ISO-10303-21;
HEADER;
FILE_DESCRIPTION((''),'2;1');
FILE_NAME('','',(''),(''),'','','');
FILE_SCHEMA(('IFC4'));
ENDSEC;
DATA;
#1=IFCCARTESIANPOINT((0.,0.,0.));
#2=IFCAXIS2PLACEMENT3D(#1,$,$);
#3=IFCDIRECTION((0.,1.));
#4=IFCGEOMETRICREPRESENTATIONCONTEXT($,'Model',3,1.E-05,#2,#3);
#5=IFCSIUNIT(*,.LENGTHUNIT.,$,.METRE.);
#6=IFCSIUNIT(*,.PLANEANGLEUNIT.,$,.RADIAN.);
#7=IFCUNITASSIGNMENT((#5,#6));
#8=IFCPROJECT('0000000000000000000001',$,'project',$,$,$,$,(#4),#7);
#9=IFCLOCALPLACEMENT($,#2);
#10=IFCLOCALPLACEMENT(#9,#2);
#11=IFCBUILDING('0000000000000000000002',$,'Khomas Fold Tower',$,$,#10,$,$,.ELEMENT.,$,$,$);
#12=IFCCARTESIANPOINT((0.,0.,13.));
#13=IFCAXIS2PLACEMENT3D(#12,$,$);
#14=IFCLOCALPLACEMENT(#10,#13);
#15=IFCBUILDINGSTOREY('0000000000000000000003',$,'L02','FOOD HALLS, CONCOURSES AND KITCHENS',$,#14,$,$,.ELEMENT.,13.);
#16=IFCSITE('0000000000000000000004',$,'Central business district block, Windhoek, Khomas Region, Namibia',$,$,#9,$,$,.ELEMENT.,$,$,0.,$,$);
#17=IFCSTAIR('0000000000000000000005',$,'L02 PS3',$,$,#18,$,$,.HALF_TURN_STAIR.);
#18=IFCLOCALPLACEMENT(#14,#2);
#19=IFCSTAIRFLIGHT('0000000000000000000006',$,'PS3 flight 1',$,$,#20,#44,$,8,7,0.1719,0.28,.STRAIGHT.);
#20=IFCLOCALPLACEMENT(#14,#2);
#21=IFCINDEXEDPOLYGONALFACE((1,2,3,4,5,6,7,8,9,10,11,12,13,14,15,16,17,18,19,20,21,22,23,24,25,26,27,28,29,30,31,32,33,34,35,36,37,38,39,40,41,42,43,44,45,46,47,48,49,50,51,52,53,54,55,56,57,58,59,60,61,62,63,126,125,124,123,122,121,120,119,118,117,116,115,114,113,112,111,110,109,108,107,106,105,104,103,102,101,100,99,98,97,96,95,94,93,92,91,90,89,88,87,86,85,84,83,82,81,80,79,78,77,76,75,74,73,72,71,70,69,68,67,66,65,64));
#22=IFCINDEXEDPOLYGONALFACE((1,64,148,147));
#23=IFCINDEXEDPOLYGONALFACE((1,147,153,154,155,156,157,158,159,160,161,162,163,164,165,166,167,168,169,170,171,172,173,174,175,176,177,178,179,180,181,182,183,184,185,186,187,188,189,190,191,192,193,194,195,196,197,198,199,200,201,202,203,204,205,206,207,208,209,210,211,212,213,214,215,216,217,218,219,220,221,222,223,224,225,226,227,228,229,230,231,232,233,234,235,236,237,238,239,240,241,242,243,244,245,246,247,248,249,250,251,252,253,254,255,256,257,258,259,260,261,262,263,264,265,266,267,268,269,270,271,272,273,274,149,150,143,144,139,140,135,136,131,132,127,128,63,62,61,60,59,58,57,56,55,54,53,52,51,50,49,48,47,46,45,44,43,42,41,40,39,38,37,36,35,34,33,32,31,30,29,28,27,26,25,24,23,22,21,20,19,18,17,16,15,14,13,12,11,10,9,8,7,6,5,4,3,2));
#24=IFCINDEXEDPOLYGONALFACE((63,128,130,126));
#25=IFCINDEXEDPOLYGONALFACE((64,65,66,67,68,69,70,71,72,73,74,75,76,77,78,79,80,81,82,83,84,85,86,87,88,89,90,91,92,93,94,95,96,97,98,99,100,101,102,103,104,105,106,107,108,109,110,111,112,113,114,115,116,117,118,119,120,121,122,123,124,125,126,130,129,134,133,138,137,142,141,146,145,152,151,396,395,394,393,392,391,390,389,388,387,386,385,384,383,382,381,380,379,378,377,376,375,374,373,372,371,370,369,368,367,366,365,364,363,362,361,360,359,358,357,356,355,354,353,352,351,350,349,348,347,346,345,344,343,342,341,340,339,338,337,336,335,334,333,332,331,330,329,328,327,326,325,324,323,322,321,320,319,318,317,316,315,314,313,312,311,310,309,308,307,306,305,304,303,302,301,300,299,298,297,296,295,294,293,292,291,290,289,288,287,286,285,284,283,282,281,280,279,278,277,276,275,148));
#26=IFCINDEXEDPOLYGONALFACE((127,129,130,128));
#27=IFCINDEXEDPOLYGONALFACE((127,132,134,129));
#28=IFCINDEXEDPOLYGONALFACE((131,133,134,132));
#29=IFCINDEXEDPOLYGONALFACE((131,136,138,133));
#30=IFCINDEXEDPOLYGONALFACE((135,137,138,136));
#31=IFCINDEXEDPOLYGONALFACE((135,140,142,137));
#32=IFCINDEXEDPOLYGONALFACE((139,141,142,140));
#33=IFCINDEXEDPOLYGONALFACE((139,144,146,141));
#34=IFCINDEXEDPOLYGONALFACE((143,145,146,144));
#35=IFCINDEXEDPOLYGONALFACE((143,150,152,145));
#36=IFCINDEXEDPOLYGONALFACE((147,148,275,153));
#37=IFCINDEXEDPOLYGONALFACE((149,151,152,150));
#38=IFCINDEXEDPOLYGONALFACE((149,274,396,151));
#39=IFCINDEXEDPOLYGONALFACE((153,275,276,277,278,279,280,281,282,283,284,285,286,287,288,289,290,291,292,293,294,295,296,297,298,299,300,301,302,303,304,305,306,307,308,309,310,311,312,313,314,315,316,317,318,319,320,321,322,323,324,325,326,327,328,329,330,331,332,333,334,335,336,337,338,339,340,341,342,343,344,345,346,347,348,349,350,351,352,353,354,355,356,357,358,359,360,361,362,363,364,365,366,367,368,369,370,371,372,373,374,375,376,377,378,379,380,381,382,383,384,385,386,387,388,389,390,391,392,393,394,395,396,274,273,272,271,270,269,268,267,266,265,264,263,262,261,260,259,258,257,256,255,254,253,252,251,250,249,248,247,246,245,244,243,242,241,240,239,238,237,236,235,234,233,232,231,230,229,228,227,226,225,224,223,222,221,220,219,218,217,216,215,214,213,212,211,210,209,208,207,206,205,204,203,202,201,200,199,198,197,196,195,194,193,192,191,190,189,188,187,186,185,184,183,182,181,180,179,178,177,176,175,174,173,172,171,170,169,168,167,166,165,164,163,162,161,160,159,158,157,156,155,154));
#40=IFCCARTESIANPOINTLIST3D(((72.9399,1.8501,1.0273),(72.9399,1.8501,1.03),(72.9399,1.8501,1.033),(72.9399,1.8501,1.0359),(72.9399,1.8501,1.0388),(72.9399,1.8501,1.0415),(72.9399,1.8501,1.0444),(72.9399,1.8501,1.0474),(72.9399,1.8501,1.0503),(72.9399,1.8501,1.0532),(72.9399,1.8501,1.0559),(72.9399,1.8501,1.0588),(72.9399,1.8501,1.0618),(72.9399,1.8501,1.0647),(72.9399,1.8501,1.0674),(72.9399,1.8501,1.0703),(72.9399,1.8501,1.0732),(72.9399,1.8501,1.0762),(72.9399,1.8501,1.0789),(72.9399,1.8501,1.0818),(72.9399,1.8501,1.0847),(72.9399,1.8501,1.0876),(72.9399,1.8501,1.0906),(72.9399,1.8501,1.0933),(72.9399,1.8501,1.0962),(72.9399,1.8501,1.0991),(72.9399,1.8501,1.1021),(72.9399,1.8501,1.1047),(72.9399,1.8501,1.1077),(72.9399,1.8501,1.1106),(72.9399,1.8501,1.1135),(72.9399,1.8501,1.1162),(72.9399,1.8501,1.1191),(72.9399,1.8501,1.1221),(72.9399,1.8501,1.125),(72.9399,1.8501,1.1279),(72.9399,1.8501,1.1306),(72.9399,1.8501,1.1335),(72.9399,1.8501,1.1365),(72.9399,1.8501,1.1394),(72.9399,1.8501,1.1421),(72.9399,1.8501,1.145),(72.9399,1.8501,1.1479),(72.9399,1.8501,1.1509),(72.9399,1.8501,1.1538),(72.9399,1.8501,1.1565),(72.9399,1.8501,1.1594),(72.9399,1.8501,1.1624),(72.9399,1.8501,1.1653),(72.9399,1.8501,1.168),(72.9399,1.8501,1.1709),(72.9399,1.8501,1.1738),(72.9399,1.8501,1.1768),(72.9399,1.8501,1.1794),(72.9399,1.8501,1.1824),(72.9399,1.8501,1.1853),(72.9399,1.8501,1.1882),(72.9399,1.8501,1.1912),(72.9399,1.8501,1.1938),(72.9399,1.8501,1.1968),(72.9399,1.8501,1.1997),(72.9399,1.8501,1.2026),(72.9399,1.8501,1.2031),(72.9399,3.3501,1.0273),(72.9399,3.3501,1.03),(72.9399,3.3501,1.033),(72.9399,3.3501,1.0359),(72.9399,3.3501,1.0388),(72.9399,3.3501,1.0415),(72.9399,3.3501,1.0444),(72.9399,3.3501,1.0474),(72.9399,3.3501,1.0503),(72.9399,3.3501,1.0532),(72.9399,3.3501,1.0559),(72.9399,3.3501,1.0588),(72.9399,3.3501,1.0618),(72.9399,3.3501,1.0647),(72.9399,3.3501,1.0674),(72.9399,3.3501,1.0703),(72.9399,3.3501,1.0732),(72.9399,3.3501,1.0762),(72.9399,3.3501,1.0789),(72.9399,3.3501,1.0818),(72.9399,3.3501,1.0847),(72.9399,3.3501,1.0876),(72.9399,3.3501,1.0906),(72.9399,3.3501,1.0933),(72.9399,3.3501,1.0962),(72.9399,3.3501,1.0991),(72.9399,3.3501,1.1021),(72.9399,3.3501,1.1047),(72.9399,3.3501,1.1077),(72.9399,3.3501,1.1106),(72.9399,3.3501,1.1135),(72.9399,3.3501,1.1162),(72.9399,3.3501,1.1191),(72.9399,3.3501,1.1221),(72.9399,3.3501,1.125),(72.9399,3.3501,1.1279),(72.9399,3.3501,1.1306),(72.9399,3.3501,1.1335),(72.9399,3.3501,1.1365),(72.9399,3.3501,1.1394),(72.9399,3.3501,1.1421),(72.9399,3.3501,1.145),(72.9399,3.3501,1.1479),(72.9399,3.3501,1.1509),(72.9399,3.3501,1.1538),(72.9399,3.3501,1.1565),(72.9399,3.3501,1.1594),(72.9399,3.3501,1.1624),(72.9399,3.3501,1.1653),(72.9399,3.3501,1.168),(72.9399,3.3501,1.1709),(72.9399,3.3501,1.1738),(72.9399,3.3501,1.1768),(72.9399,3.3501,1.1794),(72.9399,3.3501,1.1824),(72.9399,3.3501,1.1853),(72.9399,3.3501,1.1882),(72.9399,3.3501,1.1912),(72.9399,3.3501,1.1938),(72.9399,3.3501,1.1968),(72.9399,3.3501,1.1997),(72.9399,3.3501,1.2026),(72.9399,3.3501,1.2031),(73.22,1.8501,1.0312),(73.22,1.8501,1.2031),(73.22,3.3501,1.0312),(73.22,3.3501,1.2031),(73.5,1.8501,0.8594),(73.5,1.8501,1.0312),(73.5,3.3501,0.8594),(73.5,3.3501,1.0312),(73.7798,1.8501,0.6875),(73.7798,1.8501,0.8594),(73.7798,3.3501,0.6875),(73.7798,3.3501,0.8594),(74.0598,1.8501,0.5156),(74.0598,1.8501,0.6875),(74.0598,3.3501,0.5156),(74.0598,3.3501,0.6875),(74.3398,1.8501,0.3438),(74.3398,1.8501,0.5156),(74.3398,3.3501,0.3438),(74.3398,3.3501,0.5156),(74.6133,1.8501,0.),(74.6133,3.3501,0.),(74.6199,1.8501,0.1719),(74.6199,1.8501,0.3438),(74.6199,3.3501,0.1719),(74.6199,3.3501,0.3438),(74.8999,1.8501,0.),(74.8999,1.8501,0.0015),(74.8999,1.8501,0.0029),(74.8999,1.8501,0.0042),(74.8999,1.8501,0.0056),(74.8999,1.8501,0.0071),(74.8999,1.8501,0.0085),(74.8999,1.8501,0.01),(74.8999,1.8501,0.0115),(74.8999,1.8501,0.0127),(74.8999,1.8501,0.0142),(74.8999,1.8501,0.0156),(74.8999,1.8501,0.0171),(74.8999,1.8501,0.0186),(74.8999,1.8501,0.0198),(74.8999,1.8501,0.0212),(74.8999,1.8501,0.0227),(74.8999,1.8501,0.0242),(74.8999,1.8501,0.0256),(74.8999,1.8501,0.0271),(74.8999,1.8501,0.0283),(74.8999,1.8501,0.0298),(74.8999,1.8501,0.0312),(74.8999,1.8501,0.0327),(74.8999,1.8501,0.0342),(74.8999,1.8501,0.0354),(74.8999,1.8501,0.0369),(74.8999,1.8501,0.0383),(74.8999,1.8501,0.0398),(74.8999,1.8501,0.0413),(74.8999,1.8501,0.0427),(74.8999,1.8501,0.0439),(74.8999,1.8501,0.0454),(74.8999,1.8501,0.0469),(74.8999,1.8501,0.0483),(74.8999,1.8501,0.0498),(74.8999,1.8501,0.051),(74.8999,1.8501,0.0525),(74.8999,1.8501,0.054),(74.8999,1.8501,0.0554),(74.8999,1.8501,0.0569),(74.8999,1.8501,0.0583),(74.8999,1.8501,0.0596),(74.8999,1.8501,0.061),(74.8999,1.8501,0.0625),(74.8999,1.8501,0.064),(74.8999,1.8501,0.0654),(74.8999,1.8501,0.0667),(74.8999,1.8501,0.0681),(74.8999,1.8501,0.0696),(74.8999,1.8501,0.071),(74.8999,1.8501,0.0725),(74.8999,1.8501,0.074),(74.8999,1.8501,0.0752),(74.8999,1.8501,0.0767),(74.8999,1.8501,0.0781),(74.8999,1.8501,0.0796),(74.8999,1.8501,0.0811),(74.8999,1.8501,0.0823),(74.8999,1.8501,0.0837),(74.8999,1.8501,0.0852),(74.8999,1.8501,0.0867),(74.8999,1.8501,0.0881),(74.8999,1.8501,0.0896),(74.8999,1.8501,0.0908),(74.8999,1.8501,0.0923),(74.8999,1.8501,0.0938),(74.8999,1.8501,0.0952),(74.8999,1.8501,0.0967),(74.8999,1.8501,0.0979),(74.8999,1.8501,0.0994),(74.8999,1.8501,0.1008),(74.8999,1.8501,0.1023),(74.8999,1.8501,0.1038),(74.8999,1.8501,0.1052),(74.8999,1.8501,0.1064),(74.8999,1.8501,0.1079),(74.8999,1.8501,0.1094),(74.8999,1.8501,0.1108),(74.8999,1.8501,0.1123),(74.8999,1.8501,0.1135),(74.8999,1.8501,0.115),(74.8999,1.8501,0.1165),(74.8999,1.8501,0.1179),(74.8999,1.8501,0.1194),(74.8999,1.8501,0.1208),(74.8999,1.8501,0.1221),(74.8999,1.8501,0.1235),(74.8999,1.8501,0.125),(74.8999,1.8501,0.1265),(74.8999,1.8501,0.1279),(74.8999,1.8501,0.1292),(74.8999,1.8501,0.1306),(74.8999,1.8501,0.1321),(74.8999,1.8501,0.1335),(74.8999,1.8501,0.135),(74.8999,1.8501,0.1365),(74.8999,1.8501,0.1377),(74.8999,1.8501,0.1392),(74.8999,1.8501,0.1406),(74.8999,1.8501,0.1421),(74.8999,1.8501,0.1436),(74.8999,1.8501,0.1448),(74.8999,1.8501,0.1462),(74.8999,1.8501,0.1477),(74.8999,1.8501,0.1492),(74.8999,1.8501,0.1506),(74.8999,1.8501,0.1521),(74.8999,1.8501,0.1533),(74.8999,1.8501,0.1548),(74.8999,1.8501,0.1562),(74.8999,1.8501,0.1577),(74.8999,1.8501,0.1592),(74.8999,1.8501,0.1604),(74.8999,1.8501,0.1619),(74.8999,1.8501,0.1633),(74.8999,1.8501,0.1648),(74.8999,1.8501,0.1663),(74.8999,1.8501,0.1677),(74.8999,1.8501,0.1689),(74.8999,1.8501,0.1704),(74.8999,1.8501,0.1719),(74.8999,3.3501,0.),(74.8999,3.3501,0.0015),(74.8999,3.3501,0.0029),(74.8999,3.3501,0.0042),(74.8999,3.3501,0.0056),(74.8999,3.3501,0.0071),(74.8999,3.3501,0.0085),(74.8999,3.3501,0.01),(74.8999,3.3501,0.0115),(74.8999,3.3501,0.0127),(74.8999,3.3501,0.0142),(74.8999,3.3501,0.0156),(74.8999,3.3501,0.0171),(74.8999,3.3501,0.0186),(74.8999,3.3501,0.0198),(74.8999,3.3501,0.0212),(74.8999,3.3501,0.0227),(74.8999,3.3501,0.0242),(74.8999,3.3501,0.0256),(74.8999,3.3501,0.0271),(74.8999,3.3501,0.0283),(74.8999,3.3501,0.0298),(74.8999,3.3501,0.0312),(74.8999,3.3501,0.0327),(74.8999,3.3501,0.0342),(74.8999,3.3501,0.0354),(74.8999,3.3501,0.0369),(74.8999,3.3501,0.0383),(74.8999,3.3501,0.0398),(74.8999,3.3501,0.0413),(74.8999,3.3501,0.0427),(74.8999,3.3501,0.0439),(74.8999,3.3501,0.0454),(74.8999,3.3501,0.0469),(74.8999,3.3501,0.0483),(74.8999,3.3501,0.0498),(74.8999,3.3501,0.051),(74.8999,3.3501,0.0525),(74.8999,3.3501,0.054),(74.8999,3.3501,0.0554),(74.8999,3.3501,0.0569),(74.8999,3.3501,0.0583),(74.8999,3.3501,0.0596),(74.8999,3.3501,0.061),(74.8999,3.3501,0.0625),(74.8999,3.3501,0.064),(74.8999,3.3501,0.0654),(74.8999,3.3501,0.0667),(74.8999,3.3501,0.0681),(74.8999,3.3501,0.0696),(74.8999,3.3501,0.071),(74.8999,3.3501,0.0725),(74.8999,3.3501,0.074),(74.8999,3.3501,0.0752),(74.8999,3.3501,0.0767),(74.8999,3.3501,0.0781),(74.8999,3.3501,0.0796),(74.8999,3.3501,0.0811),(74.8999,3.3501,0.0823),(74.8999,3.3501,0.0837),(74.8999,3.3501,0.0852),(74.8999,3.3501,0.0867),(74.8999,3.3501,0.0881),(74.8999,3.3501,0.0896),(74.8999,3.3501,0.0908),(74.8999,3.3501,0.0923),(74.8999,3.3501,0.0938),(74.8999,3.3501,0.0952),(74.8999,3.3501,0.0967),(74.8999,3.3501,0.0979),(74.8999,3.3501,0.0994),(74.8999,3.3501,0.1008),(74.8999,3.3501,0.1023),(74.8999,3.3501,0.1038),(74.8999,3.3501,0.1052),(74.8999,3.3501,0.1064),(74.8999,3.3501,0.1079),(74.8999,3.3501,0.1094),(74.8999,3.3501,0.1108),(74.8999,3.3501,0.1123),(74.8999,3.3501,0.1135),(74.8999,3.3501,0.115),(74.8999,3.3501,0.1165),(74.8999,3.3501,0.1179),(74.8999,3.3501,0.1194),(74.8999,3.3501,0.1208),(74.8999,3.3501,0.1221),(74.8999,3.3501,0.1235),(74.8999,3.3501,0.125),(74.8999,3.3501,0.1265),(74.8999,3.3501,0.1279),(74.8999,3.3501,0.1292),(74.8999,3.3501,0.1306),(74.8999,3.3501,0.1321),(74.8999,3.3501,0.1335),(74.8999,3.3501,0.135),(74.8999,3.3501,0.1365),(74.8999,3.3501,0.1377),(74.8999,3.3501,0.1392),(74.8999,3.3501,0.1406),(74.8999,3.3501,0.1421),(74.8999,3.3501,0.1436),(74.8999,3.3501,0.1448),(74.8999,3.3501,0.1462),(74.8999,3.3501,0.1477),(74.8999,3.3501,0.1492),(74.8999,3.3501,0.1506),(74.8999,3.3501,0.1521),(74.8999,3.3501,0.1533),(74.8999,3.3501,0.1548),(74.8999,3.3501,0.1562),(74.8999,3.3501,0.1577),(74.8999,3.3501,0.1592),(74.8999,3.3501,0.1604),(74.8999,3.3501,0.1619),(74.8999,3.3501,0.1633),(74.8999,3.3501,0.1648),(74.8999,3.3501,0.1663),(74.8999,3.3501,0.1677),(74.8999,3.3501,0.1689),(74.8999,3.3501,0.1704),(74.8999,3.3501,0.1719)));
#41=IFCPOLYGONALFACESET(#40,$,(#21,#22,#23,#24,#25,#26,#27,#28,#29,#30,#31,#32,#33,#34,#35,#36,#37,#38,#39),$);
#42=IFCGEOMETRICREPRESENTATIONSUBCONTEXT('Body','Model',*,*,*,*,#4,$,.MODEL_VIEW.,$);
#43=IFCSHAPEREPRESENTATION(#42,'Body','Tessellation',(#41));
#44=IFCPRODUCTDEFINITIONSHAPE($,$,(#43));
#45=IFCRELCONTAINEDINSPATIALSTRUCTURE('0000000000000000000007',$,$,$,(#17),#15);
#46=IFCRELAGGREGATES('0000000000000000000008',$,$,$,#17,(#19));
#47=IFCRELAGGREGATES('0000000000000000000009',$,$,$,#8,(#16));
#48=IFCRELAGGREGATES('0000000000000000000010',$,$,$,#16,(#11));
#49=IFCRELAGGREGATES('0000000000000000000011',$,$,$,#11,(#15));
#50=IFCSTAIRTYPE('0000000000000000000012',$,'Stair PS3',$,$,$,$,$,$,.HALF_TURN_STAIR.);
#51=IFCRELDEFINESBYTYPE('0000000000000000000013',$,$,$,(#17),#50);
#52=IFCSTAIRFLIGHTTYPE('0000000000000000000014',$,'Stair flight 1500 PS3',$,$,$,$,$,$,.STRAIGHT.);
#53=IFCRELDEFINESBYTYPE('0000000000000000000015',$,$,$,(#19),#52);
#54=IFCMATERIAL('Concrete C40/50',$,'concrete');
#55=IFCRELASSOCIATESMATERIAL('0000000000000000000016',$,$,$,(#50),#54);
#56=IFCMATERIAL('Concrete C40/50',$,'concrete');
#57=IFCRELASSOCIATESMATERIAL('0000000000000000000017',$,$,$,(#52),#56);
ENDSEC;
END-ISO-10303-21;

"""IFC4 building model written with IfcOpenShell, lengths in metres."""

from ifc_helpers import new_model, si_unit, direction, frame, origin, place, context, subcontext, project, spatial, polyline, outline, extrude, source, transform, mapped, material, type_object, element, aggregate, save


model = new_model("IFC4")

# Units and contexts
model_context = context("Model", 3, precision=1e-05, world=origin(), true_north=direction((0.0, 1.0)))
body_context = subcontext(model_context, "Body", "Model", "MODEL_VIEW")
ifc_project = project(units=[si_unit("LENGTHUNIT", "METRE"), si_unit("PLANEANGLEUNIT", "RADIAN")], contexts=[model_context])

# Site, building, storey
site_placement = place(None, origin())
site = spatial("IfcSite", under=ifc_project, at=site_placement, Name="Central business district block, Windhoek, Khomas Region, Namibia", CompositionType="ELEMENT", RefElevation=0.0)
building_placement = place(site_placement, origin())
building = spatial("IfcBuilding", under=site, at=building_placement, Name="Khomas Fold Tower", CompositionType="ELEMENT")
storey_placement = place(building_placement, frame((0.0, 0.0, 13.0)))
storey = spatial("IfcBuildingStorey", under=building, at=storey_placement, Name="L02", Description="FOOD HALLS, CONCOURSES AND KITCHENS", CompositionType="ELEMENT", Elevation=13.0)

# Stair, stair flight
ifc_material_1 = material(Name="Concrete C40/50", Category="concrete")
stair_type_1 = type_object("IfcStairType", Name="Stair PS3", PredefinedType="HALF_TURN_STAIR", material=ifc_material_1)
stair_1_placement = place(storey_placement, origin())
stair_1 = element("IfcStair", 1, at=stair_1_placement, inside=storey, type_object=stair_type_1, Name="L02 PS3", PredefinedType="HALF_TURN_STAIR")
ifc_material_2 = material(Name="Concrete C40/50", Category="concrete")
stair_flight_type_1 = type_object("IfcStairFlightType", Name="Stair flight 1500 PS3", PredefinedType="STRAIGHT", material=ifc_material_2)
shared_shape_1 = source(origin(), body_context, "Body", "SweptSolid", [
    extrude(outline(polyline([(0.0, 0.0), (0.0, 0.0015), (0.0, 0.0029), (0.0, 0.0042), (0.0, 0.0056), (0.0, 0.0071), (0.0, 0.0085), (0.0, 0.01), (0.0, 0.0115), (0.0, 0.0127), (0.0, 0.0142), (0.0, 0.0156), (0.0, 0.0171), (0.0, 0.0186), (0.0, 0.0198), (0.0, 0.0212), (0.0, 0.0227), (0.0, 0.0242), (0.0, 0.0256), (0.0, 0.0271), (0.0, 0.0283), (0.0, 0.0298), (0.0, 0.0312), (0.0, 0.0327), (0.0, 0.0342), (0.0, 0.0354), (0.0, 0.0369), (0.0, 0.0383), (0.0, 0.0398), (0.0, 0.0413), (0.0, 0.0427), (0.0, 0.0439), (0.0, 0.0454), (0.0, 0.0469), (0.0, 0.0483), (0.0, 0.0498), (0.0, 0.051), (0.0, 0.0525), (0.0, 0.054), (0.0, 0.0554), (0.0, 0.0569), (0.0, 0.0583), (0.0, 0.0596), (0.0, 0.061), (0.0, 0.0625), (0.0, 0.064), (0.0, 0.0654), (0.0, 0.0667), (0.0, 0.0681), (0.0, 0.0696), (0.0, 0.071), (0.0, 0.0725), (0.0, 0.074), (0.0, 0.0752), (0.0, 0.0767), (0.0, 0.0781), (0.0, 0.0796), (0.0, 0.0811), (0.0, 0.0823), (0.0, 0.0837), (0.0, 0.0852), (0.0, 0.0867), (0.0, 0.0881), (0.0, 0.0896), (0.0, 0.0908), (0.0, 0.0923), (0.0, 0.0938), (0.0, 0.0952), (0.0, 0.0967), (0.0, 0.0979), (0.0, 0.0994), (0.0, 0.1008), (0.0, 0.1023), (0.0, 0.1038), (0.0, 0.1052), (0.0, 0.1064), (0.0, 0.1079), (0.0, 0.1094), (0.0, 0.1108), (0.0, 0.1123), (0.0, 0.1135), (0.0, 0.115), (0.0, 0.1165), (0.0, 0.1179), (0.0, 0.1194), (0.0, 0.1208), (0.0, 0.1221), (0.0, 0.1235), (0.0, 0.125), (0.0, 0.1265), (0.0, 0.1279), (0.0, 0.1292), (0.0, 0.1306), (0.0, 0.1321), (0.0, 0.1335), (0.0, 0.135), (0.0, 0.1365), (0.0, 0.1377), (0.0, 0.1392), (0.0, 0.1406), (0.0, 0.1421), (0.0, 0.1436), (0.0, 0.1448), (0.0, 0.1462), (0.0, 0.1477), (0.0, 0.1492), (0.0, 0.1506), (0.0, 0.1521), (0.0, 0.1533), (0.0, 0.1548), (0.0, 0.1562), (0.0, 0.1577), (0.0, 0.1592), (0.0, 0.1604), (0.0, 0.1619), (0.0, 0.1633), (0.0, 0.1648), (0.0, 0.1663), (0.0, 0.1677), (0.0, 0.1689), (0.0, 0.1704), (0.0, 0.1719), (0.28, 0.1719), (0.28, 0.3438), (0.5601, 0.3438), (0.5601, 0.5156), (0.8401, 0.5156), (0.8401, 0.6875), (1.1201, 0.6875), (1.1201, 0.8594), (1.3999, 0.8594), (1.3999, 1.0312), (1.6799, 1.0312), (1.6799, 1.2031), (1.96, 1.2031), (1.96, 1.375), (1.96, 1.3721), (1.96, 1.3691), (1.96, 1.3665), (1.96, 1.3635), (1.96, 1.3606), (1.96, 1.3577), (1.96, 1.355), (1.96, 1.3521), (1.96, 1.3491), (1.96, 1.3462), (1.96, 1.3435), (1.96, 1.3406), (1.96, 1.3376), (1.96, 1.3347), (1.96, 1.3318), (1.96, 1.3291), (1.96, 1.3262), (1.96, 1.3232), (1.96, 1.3203), (1.96, 1.3176), (1.96, 1.3147), (1.96, 1.3118), (1.96, 1.3088), (1.96, 1.3059), (1.96, 1.3032), (1.96, 1.3003), (1.96, 1.2974), (1.96, 1.2944), (1.96, 1.2917), (1.96, 1.2888), (1.96, 1.2859), (1.96, 1.283), (1.96, 1.2803), (1.96, 1.2773), (1.96, 1.2744), (1.96, 1.2715), (1.96, 1.2686), (1.96, 1.2659), (1.96, 1.2629), (1.96, 1.26), (1.96, 1.2571), (1.96, 1.2544), (1.96, 1.2515), (1.96, 1.2485), (1.96, 1.2456), (1.96, 1.2427), (1.96, 1.24), (1.96, 1.2371), (1.96, 1.2341), (1.96, 1.2312), (1.96, 1.2285), (1.96, 1.2256), (1.96, 1.2227), (1.96, 1.2197), (1.96, 1.217), (1.96, 1.2141), (1.96, 1.2112), (1.96, 1.2083), (1.96, 1.2053), (1.96, 1.2026), (1.96, 1.1997), (1.96, 1.1968), (1.96, 1.1938), (1.96, 1.1912), (1.96, 1.1882), (1.96, 1.1853), (1.96, 1.1824), (1.96, 1.1794), (1.96, 1.1768), (1.96, 1.1738), (1.96, 1.1709), (1.96, 1.168), (1.96, 1.1653), (1.96, 1.1624), (1.96, 1.1594), (1.96, 1.1565), (1.96, 1.1538), (1.96, 1.1509), (1.96, 1.1479), (1.96, 1.145), (1.96, 1.1421), (1.96, 1.1394), (1.96, 1.1365), (1.96, 1.1335), (1.96, 1.1306), (1.96, 1.1279), (1.96, 1.125), (1.96, 1.1221), (1.96, 1.1191), (1.96, 1.1162), (1.96, 1.1135), (1.96, 1.1106), (1.96, 1.1077), (1.96, 1.1047), (1.96, 1.1021), (1.96, 1.0991), (1.96, 1.0962), (1.96, 1.0933), (1.96, 1.0906), (1.96, 1.0876), (1.96, 1.0847), (1.96, 1.0818), (1.96, 1.0789), (1.96, 1.0762), (1.96, 1.0732), (1.96, 1.0703), (1.96, 1.0674), (1.96, 1.0647), (1.96, 1.0618), (1.96, 1.0588), (1.96, 1.0559), (1.96, 1.0532), (1.96, 1.0503), (1.96, 1.0474), (1.96, 1.0444), (1.96, 1.0415), (1.96, 1.0388), (1.96, 1.0359), (1.96, 1.033), (1.96, 1.03), (1.96, 1.0273), (0.2866, 0.0), (0.0, 0.0)])), frame((0.0, 0.75, 0.0), z_axis=(0.0, -1.0, 0.0), x_axis=(1.0, 0.0, 0.0)), (0.0, 0.0, 1.0), 1.5),
])
stair_flight_1_placement = place(storey_placement, frame((74.8999, 2.6001, 0.0), z_axis=(0.0, 0.0, 1.0), x_axis=(-1.0, 0.0, 0.0)))
stair_flight_1 = element("IfcStairFlight", 2, at=stair_flight_1_placement, type_object=stair_flight_type_1, Name="PS3 flight 1", NumberOfRisers=8, NumberOfTreads=7, PredefinedType="STRAIGHT", RiserHeight=0.1719, TreadLength=0.28, context=body_context, shape_type="MappedRepresentation", body=[
    mapped(shared_shape_1, transform((0.0, 0.0, 0.0))),
])
aggregate(stair_1, [stair_flight_1])

save(model, "model.ifc")
